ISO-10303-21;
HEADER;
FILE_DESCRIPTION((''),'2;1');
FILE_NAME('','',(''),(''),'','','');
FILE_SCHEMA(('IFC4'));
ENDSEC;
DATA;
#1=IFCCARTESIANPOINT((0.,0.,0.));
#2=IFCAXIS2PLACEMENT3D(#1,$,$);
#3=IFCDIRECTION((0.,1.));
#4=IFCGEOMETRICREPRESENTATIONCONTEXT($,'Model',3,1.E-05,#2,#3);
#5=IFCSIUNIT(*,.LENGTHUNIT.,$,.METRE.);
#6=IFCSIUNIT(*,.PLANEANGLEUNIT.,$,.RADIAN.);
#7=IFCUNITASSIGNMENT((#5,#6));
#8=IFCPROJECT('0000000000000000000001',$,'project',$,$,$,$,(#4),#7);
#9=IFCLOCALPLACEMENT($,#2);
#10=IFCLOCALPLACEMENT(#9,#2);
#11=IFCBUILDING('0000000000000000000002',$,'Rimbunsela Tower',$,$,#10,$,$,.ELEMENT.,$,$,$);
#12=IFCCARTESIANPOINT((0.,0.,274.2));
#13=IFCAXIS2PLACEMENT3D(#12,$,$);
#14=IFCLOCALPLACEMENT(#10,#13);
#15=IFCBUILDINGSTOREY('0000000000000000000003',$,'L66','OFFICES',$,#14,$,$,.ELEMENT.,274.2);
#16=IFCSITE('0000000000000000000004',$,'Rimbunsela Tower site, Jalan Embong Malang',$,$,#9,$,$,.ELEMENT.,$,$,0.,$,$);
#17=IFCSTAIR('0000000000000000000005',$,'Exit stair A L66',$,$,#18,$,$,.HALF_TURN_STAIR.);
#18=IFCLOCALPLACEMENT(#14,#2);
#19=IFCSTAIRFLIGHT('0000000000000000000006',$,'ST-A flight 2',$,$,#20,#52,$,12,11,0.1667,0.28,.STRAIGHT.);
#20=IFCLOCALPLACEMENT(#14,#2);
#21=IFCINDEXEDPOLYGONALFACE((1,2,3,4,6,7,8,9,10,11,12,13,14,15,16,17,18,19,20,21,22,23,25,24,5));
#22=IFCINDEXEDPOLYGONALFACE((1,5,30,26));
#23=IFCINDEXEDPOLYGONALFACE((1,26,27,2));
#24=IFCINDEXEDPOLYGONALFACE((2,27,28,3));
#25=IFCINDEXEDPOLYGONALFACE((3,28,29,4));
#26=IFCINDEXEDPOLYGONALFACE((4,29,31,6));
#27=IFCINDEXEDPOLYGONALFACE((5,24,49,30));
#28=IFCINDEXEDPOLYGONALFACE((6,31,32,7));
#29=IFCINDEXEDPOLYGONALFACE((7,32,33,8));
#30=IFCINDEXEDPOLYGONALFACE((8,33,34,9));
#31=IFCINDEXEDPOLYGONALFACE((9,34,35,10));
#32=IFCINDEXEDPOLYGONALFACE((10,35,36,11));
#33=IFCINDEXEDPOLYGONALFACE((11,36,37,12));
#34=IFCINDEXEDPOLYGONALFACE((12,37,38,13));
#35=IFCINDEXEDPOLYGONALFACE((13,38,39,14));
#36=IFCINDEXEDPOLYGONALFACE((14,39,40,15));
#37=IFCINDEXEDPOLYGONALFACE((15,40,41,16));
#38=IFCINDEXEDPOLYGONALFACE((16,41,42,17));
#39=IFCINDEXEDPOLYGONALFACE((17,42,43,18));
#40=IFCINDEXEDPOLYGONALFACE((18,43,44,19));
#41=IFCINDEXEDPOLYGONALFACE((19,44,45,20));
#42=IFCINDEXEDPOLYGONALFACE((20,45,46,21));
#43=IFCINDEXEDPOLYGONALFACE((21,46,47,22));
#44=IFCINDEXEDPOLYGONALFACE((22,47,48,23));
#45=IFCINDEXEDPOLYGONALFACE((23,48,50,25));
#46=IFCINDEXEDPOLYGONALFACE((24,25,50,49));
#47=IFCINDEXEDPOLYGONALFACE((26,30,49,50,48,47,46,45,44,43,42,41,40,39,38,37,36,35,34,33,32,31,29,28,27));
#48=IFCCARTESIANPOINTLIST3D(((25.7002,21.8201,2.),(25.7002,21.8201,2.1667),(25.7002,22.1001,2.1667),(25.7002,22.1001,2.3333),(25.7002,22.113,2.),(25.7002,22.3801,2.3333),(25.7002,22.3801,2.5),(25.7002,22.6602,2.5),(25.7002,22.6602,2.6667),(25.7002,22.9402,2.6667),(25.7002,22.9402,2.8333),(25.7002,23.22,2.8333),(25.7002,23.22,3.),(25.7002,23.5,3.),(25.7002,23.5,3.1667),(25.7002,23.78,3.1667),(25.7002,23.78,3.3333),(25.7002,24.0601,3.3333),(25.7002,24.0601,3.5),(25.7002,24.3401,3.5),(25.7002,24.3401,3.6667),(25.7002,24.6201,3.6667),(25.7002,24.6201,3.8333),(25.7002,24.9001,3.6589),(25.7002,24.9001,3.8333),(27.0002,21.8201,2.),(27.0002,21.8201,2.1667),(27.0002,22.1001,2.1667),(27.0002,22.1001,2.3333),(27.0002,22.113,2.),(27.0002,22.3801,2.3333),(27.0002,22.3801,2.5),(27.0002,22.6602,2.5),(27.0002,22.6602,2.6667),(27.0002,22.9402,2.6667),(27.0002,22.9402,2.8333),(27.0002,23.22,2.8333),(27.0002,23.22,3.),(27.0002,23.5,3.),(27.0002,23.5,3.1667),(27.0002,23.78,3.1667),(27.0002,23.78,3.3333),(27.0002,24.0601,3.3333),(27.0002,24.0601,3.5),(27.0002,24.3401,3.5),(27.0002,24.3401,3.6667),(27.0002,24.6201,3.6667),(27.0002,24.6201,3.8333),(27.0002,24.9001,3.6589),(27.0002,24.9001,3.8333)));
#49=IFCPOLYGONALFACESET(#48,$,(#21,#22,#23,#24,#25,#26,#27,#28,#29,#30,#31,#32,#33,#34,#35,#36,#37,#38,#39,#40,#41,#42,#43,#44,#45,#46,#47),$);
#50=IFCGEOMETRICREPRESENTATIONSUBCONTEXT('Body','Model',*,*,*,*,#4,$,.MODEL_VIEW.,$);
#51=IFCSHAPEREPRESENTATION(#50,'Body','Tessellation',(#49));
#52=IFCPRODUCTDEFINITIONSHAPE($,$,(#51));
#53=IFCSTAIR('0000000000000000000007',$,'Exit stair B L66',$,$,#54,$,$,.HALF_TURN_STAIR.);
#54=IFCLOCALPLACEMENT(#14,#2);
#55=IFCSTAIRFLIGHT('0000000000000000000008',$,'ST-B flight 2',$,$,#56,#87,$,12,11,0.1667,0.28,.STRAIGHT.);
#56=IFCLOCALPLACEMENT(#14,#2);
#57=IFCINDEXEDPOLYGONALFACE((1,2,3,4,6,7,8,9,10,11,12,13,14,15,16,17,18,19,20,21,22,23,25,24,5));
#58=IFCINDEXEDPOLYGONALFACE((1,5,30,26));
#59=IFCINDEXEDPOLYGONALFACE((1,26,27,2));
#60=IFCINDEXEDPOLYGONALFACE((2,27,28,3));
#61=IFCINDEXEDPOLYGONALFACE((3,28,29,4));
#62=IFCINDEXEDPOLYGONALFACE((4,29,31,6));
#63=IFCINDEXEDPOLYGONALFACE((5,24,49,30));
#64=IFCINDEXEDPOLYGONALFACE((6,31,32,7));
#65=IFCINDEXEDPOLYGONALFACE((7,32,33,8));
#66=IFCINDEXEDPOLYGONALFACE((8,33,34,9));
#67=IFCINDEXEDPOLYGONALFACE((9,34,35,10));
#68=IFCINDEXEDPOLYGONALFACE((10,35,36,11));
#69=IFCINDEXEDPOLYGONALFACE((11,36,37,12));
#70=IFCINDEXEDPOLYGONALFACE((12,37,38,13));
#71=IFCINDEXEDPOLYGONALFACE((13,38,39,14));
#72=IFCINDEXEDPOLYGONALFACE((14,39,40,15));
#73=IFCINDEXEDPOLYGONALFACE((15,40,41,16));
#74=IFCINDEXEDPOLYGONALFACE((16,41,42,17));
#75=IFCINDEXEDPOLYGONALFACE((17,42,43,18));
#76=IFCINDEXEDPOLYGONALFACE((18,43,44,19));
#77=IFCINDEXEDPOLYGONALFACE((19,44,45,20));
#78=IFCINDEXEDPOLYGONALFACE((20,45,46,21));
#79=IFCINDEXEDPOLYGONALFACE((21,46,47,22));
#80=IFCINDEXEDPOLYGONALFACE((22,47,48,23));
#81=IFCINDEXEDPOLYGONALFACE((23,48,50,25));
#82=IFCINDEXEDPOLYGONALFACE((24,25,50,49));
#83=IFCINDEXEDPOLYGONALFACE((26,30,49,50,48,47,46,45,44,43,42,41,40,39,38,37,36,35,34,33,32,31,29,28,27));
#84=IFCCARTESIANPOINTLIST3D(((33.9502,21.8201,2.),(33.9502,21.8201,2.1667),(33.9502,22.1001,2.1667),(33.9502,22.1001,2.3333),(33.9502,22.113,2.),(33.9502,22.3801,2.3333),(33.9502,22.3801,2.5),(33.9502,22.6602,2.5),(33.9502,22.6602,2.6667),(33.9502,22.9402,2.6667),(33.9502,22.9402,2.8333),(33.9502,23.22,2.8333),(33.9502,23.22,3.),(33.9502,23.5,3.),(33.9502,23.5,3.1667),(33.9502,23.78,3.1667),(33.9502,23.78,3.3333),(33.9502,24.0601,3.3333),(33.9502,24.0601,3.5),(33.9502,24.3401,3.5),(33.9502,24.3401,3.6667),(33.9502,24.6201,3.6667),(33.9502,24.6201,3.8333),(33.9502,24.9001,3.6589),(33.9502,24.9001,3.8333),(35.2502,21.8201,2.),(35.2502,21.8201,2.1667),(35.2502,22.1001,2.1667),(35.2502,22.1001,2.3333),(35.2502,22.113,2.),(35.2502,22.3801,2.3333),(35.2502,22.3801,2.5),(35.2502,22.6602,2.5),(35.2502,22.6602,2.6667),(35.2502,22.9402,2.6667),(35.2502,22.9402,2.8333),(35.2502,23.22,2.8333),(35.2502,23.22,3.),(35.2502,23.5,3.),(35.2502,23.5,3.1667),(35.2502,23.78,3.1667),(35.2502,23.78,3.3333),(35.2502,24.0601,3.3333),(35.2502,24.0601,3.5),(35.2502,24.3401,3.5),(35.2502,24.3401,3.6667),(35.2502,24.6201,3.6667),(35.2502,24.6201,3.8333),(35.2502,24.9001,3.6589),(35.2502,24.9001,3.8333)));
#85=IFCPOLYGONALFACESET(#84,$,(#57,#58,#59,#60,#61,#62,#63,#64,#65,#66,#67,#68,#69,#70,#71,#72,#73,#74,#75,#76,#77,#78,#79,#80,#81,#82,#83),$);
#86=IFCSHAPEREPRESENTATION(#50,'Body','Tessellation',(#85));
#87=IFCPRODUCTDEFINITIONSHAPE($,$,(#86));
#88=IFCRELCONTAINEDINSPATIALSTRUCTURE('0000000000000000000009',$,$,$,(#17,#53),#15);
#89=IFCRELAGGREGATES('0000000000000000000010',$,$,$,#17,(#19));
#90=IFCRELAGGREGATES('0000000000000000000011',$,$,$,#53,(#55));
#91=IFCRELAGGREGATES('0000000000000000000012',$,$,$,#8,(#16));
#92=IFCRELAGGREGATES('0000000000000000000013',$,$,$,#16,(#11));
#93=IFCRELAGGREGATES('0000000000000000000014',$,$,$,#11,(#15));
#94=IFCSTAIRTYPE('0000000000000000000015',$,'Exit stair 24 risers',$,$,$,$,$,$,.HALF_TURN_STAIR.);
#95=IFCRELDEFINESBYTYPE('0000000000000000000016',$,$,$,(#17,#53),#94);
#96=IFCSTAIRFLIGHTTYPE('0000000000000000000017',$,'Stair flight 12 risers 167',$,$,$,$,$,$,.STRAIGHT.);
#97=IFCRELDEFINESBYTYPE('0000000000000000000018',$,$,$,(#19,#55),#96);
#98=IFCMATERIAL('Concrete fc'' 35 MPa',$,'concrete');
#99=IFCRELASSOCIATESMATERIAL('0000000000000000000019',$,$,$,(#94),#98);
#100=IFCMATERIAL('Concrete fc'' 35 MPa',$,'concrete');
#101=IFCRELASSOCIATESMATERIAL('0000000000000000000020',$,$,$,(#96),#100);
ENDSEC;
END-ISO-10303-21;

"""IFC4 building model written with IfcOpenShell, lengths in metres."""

from ifc_helpers import new_model, si_unit, direction, frame, origin, place, context, subcontext, project, spatial, polyline, outline, extrude, material, type_object, element, aggregate, save


model = new_model("IFC4")

# Units and contexts
model_context = context("Model", 3, precision=1e-05, world=origin(), true_north=direction((0.0, 1.0)))
body_context = subcontext(model_context, "Body", "Model", "MODEL_VIEW")
ifc_project = project(units=[si_unit("LENGTHUNIT", "METRE"), si_unit("PLANEANGLEUNIT", "RADIAN")], contexts=[model_context])

# Site, building, storey
site_placement = place(None, origin())
site = spatial("IfcSite", under=ifc_project, at=site_placement, Name="Rimbunsela Tower site, Jalan Embong Malang", CompositionType="ELEMENT", RefElevation=0.0)
building_placement = place(site_placement, origin())
building = spatial("IfcBuilding", under=site, at=building_placement, Name="Rimbunsela Tower", CompositionType="ELEMENT")
storey_placement = place(building_placement, frame((0.0, 0.0, 274.2)))
storey = spatial("IfcBuildingStorey", under=building, at=storey_placement, Name="L66", Description="OFFICES", CompositionType="ELEMENT", Elevation=274.2)

# Stairs, stair flights
ifc_material_1 = material(Name="Concrete fc' 35 MPa", Category="concrete")
stair_type = type_object("IfcStairType", Name="Exit stair 24 risers", PredefinedType="HALF_TURN_STAIR", material=ifc_material_1)
stair_1_placement = place(storey_placement, origin())
stair_1 = element("IfcStair", 1, at=stair_1_placement, inside=storey, type_object=stair_type, Name="Exit stair A L66", PredefinedType="HALF_TURN_STAIR")
ifc_material_2 = material(Name="Concrete fc' 35 MPa", Category="concrete")
stair_flight_type = type_object("IfcStairFlightType", Name="Stair flight 12 risers 167", PredefinedType="STRAIGHT", material=ifc_material_2)
stair_flight_1_placement = place(storey_placement, frame((26.3501, 21.8201, 2.0), z_axis=(0.0, 0.0, 1.0), x_axis=(0.0, 1.0, 0.0)))
stair_flight_1 = element("IfcStairFlight", 2, at=stair_flight_1_placement, type_object=stair_flight_type, Name="ST-A flight 2", NumberOfRisers=12, NumberOfTreads=11, PredefinedType="STRAIGHT", RiserHeight=0.1667, TreadLength=0.28, context=body_context, shape_type="SweptSolid", body=[
    extrude(outline(polyline([(0.0, 0.0), (0.0, 0.1667), (0.28, 0.1667), (0.28, 0.3333), (0.5601, 0.3333), (0.5601, 0.5), (0.8401, 0.5), (0.8401, 0.6667), (1.1201, 0.6667), (1.1201, 0.8333), (1.3999, 0.8333), (1.3999, 1.0), (1.6799, 1.0), (1.6799, 1.1667), (1.96, 1.1667), (1.96, 1.3333), (2.24, 1.3333), (2.24, 1.5), (2.52, 1.5), (2.52, 1.6667), (2.8, 1.6667), (2.8, 1.8333), (3.0801, 1.8333), (3.0801, 2.0), (3.0801, 1.6589), (0.293, 0.0), (0.0, 0.0)])), frame((0.0, 0.6499, 0.0), z_axis=(0.0, -1.0, 0.0), x_axis=(1.0, 0.0, 0.0)), (0.0, 0.0, 1.0), 1.3),
])
aggregate(stair_1, [stair_flight_1])
stair_2_placement = place(storey_placement, origin())
stair_2 = element("IfcStair", 3, at=stair_2_placement, inside=storey, type_object=stair_type, Name="Exit stair B L66", PredefinedType="HALF_TURN_STAIR")
stair_flight_2_placement = place(storey_placement, frame((34.6001, 21.8201, 2.0), z_axis=(0.0, 0.0, 1.0), x_axis=(0.0, 1.0, 0.0)))
stair_flight_2 = element("IfcStairFlight", 4, at=stair_flight_2_placement, type_object=stair_flight_type, Name="ST-B flight 2", NumberOfRisers=12, NumberOfTreads=11, PredefinedType="STRAIGHT", RiserHeight=0.1667, TreadLength=0.28, context=body_context, shape_type="SweptSolid", body=[
    extrude(outline(polyline([(0.0, 0.0), (0.0, 0.1667), (0.28, 0.1667), (0.28, 0.3333), (0.5601, 0.3333), (0.5601, 0.5), (0.8401, 0.5), (0.8401, 0.6667), (1.1201, 0.6667), (1.1201, 0.8333), (1.3999, 0.8333), (1.3999, 1.0), (1.6799, 1.0), (1.6799, 1.1667), (1.96, 1.1667), (1.96, 1.3333), (2.24, 1.3333), (2.24, 1.5), (2.52, 1.5), (2.52, 1.6667), (2.8, 1.6667), (2.8, 1.8333), (3.0801, 1.8333), (3.0801, 2.0), (3.0801, 1.6589), (0.293, 0.0), (0.0, 0.0)])), frame((0.0, 0.6499, 0.0), z_axis=(0.0, -1.0, 0.0), x_axis=(1.0, 0.0, 0.0)), (0.0, 0.0, 1.0), 1.3),
])
aggregate(stair_2, [stair_flight_2])

save(model, "model.ifc")
